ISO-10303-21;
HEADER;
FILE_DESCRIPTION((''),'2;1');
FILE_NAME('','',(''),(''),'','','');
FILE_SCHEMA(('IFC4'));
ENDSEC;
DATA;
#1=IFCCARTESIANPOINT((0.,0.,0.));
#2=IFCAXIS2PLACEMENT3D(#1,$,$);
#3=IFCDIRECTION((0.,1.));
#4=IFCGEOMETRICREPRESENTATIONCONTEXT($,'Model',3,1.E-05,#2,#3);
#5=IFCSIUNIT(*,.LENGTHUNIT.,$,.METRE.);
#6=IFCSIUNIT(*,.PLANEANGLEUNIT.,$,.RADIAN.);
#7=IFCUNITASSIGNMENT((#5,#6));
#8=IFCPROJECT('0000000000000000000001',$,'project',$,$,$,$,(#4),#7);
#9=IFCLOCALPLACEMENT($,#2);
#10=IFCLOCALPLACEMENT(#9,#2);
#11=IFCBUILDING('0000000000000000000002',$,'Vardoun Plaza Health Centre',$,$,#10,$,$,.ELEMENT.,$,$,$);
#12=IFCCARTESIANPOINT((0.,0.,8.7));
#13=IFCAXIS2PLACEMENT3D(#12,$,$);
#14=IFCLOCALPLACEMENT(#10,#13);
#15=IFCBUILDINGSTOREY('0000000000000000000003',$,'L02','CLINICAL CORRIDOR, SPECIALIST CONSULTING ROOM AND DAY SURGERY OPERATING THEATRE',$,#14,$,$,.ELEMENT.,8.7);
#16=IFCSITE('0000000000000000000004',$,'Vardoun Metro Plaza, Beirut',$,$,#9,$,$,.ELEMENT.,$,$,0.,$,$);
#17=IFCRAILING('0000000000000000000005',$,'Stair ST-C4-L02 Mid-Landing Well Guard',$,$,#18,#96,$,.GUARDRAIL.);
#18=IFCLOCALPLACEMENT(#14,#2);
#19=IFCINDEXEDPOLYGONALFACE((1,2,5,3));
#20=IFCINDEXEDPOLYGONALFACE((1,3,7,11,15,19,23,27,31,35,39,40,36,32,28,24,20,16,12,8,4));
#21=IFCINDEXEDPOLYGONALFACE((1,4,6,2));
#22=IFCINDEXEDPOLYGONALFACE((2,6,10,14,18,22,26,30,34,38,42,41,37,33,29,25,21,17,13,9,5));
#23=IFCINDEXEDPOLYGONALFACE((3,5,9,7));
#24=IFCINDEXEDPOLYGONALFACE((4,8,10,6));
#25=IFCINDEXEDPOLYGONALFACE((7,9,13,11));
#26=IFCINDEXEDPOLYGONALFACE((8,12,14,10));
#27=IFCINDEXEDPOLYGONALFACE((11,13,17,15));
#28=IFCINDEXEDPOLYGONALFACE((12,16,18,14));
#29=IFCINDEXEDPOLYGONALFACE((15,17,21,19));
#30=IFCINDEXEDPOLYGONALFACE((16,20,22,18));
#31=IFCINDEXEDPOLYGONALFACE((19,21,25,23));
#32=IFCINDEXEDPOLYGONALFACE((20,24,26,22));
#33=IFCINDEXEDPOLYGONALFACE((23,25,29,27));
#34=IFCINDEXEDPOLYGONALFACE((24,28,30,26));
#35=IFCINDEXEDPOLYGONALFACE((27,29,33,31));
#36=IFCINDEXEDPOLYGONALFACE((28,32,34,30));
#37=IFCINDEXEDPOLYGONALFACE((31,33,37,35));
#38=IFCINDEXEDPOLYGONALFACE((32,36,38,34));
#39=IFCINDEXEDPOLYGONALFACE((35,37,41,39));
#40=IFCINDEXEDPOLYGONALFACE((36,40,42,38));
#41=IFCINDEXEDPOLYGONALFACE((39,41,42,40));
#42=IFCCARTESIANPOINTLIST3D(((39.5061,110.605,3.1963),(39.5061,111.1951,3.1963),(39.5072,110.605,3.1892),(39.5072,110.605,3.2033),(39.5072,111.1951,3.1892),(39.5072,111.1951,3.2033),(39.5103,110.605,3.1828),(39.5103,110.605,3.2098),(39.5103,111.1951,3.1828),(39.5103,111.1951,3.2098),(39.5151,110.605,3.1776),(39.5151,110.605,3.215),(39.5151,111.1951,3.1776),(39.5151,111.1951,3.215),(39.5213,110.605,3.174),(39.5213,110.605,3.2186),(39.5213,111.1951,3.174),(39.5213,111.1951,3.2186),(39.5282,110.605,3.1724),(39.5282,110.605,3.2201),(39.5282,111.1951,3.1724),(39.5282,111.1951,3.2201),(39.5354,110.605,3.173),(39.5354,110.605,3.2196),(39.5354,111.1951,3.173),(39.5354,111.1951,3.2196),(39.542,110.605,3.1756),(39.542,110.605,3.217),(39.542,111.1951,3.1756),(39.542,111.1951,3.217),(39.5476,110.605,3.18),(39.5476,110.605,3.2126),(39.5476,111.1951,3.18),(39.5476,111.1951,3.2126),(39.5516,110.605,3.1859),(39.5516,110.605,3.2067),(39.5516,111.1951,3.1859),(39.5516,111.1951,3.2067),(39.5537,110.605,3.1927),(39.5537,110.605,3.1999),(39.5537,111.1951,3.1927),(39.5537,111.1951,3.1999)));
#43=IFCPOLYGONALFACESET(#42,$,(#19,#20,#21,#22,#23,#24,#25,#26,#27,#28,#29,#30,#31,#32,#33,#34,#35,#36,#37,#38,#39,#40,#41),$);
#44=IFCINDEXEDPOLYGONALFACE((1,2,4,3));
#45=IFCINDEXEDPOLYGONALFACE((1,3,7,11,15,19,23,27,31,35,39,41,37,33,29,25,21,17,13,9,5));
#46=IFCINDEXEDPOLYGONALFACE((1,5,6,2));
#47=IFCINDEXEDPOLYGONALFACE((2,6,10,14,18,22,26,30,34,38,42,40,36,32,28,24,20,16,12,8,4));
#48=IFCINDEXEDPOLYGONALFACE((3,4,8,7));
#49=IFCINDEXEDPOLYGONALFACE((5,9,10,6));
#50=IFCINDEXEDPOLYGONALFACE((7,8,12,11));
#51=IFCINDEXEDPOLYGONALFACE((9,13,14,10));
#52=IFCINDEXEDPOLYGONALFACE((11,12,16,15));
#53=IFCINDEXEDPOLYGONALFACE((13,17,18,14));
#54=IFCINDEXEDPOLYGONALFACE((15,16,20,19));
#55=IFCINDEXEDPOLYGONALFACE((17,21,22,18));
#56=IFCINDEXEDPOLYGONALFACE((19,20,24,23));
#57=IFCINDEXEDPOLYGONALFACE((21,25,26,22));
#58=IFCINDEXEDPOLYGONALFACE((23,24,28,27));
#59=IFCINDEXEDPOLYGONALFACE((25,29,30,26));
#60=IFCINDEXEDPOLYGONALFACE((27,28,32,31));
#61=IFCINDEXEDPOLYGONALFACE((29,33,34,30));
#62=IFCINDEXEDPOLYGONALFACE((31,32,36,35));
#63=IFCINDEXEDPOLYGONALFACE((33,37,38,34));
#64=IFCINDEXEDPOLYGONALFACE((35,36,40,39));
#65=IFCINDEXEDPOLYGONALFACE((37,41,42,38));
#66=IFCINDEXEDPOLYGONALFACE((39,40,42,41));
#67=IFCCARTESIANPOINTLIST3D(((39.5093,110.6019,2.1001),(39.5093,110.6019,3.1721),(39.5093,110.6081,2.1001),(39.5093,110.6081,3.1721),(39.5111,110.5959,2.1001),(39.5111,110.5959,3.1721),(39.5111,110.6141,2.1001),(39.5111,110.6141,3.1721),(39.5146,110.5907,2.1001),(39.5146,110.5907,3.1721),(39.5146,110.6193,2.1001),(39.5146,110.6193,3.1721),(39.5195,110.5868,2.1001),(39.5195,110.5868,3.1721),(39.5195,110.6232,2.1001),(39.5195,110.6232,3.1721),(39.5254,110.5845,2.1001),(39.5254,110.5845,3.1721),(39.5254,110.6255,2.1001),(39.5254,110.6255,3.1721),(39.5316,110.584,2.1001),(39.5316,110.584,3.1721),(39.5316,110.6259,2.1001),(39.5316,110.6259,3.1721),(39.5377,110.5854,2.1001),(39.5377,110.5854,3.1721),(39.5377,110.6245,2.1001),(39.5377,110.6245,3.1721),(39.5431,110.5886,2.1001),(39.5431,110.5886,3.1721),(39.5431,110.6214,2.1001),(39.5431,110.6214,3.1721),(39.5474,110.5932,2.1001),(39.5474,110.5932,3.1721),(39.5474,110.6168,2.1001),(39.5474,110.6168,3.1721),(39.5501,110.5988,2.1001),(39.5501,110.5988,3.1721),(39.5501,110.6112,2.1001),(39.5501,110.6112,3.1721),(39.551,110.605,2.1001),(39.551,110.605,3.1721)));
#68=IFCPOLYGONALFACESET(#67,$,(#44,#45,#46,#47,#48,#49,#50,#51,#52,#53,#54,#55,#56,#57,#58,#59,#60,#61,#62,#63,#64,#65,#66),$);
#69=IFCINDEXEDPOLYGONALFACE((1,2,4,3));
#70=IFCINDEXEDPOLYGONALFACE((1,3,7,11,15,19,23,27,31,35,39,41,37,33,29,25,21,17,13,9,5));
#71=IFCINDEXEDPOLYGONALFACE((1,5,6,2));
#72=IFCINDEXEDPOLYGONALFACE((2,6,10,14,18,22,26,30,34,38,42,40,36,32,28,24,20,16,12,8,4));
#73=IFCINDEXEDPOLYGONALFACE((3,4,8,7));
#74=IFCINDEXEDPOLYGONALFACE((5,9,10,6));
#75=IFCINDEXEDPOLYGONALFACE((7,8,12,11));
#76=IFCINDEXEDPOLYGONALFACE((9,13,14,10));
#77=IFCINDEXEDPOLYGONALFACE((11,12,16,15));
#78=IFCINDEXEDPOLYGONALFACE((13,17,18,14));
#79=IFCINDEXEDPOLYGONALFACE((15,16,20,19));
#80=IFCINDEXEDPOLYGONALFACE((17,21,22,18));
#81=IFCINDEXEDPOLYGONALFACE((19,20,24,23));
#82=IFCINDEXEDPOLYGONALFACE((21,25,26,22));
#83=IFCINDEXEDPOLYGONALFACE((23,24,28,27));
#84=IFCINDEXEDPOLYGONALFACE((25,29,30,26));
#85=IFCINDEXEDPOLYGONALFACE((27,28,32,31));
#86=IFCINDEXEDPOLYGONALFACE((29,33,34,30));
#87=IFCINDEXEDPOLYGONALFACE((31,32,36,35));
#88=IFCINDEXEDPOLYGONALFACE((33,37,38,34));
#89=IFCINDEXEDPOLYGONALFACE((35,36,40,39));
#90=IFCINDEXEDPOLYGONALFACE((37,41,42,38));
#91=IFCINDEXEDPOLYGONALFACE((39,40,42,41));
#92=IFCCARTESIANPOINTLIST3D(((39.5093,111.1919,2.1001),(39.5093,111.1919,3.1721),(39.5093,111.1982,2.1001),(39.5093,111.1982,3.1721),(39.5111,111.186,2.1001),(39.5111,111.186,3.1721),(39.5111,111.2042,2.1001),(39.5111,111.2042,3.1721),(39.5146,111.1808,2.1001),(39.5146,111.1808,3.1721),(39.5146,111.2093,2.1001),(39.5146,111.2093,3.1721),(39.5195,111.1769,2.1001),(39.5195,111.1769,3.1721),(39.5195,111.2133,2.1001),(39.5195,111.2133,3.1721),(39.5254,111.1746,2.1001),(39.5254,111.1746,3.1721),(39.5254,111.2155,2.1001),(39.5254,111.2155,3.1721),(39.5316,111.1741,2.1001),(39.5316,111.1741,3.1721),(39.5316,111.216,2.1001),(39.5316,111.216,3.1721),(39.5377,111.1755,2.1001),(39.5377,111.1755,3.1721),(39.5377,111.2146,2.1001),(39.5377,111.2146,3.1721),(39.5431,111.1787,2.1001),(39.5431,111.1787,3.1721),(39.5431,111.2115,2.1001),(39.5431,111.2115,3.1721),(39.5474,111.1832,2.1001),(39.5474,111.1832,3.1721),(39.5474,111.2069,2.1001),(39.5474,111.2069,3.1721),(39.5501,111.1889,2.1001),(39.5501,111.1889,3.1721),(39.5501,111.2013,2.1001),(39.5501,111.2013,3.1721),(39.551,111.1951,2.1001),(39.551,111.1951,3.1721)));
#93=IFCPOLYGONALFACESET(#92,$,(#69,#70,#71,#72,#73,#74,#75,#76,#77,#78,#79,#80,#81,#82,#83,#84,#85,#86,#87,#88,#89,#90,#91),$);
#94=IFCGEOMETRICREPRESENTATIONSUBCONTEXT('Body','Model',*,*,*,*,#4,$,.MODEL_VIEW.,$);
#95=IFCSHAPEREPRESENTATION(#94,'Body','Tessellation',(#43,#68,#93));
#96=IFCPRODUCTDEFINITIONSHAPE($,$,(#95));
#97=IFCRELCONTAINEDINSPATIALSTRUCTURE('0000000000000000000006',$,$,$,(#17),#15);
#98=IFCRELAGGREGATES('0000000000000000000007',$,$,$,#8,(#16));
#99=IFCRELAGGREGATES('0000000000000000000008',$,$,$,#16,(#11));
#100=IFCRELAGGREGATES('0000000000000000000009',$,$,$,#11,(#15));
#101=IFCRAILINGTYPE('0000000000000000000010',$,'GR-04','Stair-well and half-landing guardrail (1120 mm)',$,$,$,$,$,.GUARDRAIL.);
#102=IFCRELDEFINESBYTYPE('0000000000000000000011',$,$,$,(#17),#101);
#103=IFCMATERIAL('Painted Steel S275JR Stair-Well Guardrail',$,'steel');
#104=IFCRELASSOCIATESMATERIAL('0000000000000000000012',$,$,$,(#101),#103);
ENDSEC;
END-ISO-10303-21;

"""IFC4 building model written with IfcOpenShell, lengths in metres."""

from ifc_helpers import new_model, si_unit, direction, frame, origin, origin_2d, place, context, subcontext, project, spatial, circle, extrude, material, type_object, element, save


model = new_model("IFC4")

# Units and contexts
model_context = context("Model", 3, precision=1e-05, world=origin(), true_north=direction((0.0, 1.0)))
body_context = subcontext(model_context, "Body", "Model", "MODEL_VIEW")
ifc_project = project(units=[si_unit("LENGTHUNIT", "METRE"), si_unit("PLANEANGLEUNIT", "RADIAN")], contexts=[model_context])

# Site, building, storey
site_placement = place(None, origin())
site = spatial("IfcSite", under=ifc_project, at=site_placement, Name="Vardoun Metro Plaza, Beirut", CompositionType="ELEMENT", RefElevation=0.0)
building_placement = place(site_placement, origin())
building = spatial("IfcBuilding", under=site, at=building_placement, Name="Vardoun Plaza Health Centre", CompositionType="ELEMENT")
storey_placement = place(building_placement, frame((0.0, 0.0, 8.7)))
storey = spatial("IfcBuildingStorey", under=building, at=storey_placement, Name="L02", Description="CLINICAL CORRIDOR, SPECIALIST CONSULTING ROOM AND DAY SURGERY OPERATING THEATRE", CompositionType="ELEMENT", Elevation=8.7)

# Railing
ifc_material_1 = material(Name="Painted Steel S275JR Stair-Well Guardrail", Category="steel")
railing_type_1 = type_object("IfcRailingType", Name="GR-04", Description="Stair-well and half-landing guardrail (1120 mm)", PredefinedType="GUARDRAIL", material=ifc_material_1)
railing_1_placement = place(storey_placement, frame((39.53, 110.605, 2.1001)))
element("IfcRailing", 1, at=railing_1_placement, inside=storey, type_object=railing_type_1, Name="Stair ST-C4-L02 Mid-Landing Well Guard", PredefinedType="GUARDRAIL", context=body_context, shape_type="SweptSolid", body=[
    extrude(circle(Radius=0.0239, at=origin_2d()), frame((0.0, 0.0, 1.0962), z_axis=(0.0, 1.0, 0.0), x_axis=(-1.0, 0.0, 0.0)), (0.0, 0.0, 1.0), 0.5901),
    extrude(circle(Radius=0.021, at=origin_2d()), origin(), (0.0, 0.0, 1.0), 1.072),
    extrude(circle(Radius=0.021, at=origin_2d()), frame((0.0, 0.5901, 0.0)), (0.0, 0.0, 1.0), 1.072),
])

save(model, "model.ifc")
